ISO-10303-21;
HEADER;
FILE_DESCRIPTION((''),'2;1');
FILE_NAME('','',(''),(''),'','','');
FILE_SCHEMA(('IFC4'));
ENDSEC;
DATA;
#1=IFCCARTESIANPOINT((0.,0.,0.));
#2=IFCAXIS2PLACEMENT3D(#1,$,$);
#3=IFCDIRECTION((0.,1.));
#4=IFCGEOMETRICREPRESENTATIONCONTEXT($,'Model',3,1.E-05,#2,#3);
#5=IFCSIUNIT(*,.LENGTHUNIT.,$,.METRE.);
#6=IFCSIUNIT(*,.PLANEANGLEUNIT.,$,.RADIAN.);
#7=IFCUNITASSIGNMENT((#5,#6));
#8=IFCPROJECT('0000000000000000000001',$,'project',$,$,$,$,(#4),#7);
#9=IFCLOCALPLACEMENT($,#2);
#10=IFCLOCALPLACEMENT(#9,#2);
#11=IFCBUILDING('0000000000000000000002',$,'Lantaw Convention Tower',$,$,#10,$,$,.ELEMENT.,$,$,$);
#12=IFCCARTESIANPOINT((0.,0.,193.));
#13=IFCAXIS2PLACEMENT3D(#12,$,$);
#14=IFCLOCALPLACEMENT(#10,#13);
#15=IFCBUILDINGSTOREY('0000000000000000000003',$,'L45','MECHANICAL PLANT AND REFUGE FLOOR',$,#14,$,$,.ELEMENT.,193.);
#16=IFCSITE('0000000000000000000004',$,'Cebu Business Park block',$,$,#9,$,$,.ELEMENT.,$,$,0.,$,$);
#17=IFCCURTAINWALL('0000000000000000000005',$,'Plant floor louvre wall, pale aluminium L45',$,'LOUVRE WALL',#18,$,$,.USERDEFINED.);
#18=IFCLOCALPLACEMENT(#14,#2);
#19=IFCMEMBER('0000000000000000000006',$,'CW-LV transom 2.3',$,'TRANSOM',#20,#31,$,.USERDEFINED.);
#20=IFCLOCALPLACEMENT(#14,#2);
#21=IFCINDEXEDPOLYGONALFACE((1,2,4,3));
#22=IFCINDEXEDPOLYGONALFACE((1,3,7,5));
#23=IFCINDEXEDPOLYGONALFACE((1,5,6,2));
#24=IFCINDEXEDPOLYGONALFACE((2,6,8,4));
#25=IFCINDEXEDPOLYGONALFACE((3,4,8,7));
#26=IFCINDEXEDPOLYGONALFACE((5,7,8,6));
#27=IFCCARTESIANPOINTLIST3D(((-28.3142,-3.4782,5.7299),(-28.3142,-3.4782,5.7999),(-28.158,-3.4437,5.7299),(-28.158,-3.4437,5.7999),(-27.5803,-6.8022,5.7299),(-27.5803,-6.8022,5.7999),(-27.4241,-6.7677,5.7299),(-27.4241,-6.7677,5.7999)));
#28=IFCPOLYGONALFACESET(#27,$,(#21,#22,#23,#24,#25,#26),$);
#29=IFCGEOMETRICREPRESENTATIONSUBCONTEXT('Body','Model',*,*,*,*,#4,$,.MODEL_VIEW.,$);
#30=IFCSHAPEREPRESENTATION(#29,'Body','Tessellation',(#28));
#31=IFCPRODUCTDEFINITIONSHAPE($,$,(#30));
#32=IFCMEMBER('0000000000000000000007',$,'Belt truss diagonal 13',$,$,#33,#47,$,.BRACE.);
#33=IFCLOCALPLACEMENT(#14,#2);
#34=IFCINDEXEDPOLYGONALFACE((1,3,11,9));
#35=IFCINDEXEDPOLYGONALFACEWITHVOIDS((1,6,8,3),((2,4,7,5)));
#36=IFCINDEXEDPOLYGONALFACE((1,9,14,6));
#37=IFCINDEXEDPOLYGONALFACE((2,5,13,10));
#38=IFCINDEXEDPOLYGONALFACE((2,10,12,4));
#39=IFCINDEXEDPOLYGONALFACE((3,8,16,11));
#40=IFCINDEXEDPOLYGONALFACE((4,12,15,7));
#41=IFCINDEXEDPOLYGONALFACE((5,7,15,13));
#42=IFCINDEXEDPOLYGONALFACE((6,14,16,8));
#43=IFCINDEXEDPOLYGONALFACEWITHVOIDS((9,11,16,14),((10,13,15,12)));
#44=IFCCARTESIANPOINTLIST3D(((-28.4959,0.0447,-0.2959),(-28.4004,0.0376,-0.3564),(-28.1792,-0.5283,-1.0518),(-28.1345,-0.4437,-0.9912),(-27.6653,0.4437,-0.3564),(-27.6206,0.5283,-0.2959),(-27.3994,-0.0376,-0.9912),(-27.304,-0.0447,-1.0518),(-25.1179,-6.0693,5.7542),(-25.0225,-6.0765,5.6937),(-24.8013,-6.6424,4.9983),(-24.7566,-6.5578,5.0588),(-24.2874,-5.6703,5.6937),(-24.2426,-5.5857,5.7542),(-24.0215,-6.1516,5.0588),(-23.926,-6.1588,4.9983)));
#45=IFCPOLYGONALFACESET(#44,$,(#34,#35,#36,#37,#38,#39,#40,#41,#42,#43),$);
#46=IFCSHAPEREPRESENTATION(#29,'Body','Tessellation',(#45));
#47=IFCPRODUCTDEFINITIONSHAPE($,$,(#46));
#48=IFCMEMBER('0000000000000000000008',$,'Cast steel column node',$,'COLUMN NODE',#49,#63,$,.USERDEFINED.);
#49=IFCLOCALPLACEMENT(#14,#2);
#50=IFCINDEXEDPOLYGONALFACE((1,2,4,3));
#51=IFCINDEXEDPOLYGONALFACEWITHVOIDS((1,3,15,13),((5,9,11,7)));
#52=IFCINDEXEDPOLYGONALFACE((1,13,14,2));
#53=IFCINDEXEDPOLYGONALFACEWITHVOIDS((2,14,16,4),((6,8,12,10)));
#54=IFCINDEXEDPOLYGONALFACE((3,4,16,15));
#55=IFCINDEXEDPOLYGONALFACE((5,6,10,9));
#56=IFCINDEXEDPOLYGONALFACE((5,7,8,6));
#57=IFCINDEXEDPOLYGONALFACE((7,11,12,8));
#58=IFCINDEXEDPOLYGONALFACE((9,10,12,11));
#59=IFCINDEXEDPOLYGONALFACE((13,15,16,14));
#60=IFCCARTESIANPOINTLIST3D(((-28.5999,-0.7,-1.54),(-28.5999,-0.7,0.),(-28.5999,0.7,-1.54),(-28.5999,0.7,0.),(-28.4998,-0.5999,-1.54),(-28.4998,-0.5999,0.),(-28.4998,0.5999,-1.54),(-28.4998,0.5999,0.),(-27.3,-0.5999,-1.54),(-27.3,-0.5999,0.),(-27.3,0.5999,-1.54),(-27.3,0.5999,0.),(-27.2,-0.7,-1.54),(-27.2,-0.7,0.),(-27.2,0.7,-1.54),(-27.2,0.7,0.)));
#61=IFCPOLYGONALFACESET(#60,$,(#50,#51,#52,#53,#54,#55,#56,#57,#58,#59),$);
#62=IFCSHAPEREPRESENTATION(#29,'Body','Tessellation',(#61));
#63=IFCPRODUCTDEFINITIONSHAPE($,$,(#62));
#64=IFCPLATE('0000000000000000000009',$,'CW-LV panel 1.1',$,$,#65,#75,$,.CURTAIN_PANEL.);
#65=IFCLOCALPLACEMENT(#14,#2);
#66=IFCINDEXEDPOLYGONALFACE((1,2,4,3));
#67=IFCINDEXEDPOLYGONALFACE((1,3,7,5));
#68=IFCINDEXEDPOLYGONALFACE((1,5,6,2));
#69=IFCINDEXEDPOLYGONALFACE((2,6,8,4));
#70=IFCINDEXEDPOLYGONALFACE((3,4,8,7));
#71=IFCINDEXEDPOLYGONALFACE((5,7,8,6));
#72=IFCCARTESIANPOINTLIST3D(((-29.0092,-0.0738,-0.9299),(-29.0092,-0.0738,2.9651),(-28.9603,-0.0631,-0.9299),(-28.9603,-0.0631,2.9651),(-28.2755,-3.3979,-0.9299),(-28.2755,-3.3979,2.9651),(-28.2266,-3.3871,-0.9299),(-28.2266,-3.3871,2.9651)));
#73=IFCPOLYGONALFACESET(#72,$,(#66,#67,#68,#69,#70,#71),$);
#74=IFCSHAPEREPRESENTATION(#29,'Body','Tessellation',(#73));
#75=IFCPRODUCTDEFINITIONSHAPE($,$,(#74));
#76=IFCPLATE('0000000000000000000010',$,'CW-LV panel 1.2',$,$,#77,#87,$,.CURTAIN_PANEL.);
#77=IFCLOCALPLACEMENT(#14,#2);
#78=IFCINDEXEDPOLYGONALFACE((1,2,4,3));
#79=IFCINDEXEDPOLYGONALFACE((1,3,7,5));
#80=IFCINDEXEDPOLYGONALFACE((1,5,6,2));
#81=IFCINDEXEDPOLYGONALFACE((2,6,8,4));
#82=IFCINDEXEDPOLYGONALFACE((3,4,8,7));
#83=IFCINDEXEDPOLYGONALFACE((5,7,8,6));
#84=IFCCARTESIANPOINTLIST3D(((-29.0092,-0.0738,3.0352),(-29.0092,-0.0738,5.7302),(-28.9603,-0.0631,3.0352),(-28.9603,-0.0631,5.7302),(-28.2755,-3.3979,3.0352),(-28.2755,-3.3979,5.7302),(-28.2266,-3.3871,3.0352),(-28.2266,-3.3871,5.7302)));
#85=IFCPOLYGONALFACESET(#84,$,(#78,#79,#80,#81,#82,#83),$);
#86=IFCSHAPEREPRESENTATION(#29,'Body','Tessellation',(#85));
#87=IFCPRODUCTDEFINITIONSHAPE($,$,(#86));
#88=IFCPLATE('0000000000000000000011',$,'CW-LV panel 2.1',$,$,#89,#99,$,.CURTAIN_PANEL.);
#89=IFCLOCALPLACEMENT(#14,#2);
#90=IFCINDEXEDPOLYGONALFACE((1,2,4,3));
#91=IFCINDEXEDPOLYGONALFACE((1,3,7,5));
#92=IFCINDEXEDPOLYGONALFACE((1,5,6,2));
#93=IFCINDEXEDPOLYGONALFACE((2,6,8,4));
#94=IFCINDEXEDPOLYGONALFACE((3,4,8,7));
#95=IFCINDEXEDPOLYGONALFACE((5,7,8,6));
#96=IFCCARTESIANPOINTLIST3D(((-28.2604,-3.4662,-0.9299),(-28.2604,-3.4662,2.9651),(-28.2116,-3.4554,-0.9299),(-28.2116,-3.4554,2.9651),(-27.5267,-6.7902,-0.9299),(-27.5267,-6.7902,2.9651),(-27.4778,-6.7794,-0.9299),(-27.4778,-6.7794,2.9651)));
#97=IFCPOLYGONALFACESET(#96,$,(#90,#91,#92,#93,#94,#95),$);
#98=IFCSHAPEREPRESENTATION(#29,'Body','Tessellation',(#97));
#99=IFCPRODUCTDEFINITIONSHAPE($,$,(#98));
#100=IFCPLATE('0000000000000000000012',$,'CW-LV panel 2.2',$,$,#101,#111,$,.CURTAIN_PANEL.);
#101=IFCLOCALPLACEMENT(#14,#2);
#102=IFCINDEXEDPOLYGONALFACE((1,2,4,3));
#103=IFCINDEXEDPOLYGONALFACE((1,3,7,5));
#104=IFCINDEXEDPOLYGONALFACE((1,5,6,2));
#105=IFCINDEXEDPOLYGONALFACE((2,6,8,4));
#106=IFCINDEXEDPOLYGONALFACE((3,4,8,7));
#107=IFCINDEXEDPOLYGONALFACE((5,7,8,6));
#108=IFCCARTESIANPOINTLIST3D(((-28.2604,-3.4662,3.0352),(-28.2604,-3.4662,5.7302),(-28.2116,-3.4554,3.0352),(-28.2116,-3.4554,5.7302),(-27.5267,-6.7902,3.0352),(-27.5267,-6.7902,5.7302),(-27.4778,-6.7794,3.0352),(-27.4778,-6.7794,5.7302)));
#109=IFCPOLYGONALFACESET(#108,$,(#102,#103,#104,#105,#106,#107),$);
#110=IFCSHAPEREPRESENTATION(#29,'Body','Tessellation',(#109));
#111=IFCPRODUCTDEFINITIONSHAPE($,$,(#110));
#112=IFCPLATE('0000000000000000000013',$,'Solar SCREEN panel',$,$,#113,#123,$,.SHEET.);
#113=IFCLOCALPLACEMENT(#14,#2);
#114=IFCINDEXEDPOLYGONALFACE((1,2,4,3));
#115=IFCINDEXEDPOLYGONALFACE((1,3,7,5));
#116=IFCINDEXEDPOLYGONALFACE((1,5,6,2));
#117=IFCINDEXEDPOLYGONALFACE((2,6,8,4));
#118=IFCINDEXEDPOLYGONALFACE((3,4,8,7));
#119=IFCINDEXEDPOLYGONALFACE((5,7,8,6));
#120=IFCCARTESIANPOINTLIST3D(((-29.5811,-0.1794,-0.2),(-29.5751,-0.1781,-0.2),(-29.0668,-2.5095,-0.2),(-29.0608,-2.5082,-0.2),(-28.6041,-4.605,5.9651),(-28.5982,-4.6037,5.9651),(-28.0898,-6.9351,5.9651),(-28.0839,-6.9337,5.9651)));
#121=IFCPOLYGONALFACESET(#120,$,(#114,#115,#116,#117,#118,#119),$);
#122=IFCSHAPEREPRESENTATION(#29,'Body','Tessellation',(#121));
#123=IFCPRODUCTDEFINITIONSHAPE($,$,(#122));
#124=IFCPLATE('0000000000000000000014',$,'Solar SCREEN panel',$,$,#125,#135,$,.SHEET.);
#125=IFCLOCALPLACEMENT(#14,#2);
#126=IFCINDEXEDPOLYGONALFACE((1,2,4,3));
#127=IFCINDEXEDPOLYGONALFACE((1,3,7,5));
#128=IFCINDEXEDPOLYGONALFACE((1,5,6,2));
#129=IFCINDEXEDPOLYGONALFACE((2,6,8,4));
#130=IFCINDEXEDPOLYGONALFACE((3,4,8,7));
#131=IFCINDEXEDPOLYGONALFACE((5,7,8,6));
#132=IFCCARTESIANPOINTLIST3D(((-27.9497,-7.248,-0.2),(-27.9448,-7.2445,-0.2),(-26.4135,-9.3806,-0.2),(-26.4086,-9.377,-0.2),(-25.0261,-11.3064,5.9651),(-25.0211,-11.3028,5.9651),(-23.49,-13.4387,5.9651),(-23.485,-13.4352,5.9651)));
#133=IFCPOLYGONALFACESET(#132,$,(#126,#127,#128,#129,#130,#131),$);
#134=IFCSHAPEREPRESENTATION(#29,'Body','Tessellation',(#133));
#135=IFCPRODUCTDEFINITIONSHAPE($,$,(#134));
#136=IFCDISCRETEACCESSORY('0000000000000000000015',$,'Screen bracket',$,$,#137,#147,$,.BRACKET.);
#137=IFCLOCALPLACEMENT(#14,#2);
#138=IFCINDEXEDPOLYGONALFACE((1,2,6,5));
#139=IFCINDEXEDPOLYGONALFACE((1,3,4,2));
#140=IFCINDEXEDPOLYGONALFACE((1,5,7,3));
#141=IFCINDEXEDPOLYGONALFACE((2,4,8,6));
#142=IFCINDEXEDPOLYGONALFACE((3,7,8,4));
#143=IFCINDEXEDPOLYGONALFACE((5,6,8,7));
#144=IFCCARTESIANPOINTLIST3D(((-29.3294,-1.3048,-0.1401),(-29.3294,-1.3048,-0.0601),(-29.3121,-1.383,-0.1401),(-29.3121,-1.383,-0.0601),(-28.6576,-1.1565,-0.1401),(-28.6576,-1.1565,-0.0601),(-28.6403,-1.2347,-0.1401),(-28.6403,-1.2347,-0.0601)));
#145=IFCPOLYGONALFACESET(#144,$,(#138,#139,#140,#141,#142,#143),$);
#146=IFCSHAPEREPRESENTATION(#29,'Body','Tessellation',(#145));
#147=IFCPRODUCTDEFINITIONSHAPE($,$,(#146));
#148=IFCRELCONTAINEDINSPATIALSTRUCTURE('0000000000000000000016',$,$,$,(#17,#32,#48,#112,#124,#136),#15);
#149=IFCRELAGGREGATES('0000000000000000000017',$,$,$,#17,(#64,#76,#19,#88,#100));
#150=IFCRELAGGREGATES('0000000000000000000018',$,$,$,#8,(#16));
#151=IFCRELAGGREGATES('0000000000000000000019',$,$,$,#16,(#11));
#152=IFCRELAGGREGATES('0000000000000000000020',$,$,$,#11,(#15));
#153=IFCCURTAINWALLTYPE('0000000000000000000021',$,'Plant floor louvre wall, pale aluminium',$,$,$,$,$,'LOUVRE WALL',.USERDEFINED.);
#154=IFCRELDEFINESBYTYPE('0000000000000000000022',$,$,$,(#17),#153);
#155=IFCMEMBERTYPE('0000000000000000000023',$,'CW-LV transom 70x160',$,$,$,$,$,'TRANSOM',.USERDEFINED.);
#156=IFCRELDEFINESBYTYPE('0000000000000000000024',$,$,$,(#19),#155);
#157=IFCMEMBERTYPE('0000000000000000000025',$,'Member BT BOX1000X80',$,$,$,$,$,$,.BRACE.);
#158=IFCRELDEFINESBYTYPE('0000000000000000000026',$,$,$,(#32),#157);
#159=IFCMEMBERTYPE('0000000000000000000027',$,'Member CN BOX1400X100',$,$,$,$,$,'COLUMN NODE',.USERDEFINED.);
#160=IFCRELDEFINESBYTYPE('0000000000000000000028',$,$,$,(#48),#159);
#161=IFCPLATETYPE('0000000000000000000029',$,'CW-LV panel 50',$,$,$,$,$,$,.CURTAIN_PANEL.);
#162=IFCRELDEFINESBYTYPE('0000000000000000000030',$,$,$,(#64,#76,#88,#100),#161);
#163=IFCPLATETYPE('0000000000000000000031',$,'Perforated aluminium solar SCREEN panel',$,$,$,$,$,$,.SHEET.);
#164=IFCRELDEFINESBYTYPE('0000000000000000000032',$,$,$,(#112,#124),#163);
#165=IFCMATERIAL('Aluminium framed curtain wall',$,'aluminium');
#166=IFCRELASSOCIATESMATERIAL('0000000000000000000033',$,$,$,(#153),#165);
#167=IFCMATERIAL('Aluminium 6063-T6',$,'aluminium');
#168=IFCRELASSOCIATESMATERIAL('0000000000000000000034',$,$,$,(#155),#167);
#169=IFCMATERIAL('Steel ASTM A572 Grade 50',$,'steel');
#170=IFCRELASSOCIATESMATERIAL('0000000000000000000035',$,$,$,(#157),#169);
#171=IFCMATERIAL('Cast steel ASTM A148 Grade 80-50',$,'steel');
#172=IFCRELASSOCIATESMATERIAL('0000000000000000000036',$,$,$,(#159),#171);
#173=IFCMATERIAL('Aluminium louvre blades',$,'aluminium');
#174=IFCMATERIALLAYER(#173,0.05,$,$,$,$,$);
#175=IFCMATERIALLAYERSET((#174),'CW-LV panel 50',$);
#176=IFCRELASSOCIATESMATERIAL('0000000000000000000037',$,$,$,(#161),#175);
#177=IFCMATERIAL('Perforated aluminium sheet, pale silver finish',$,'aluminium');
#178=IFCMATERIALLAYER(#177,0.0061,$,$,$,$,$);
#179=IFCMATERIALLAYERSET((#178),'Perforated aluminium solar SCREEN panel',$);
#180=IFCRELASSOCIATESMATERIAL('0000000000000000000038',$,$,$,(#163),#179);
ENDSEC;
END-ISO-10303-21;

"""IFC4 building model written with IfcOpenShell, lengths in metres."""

from ifc_helpers import new_model, si_unit, direction, frame, origin, origin_2d, place, context, subcontext, project, spatial, polyline, rectangle, hollow_rectangle, outline, extrude, material, layer, layer_set, material_profile, profile_set, type_object, element, aggregate, save


model = new_model("IFC4")

# Units and contexts
model_context = context("Model", 3, precision=1e-05, world=origin(), true_north=direction((0.0, 1.0)))
body_context = subcontext(model_context, "Body", "Model", "MODEL_VIEW")
ifc_project = project(units=[si_unit("LENGTHUNIT", "METRE"), si_unit("PLANEANGLEUNIT", "RADIAN")], contexts=[model_context])

# Site, building, storey
site_placement = place(None, origin())
site = spatial("IfcSite", under=ifc_project, at=site_placement, Name="Cebu Business Park block", CompositionType="ELEMENT", RefElevation=0.0)
building_placement = place(site_placement, origin())
building = spatial("IfcBuilding", under=site, at=building_placement, Name="Lantaw Convention Tower", CompositionType="ELEMENT")
storey_placement = place(building_placement, frame((0.0, 0.0, 193.0)))
storey = spatial("IfcBuildingStorey", under=building, at=storey_placement, Name="L45", Description="MECHANICAL PLANT AND REFUGE FLOOR", CompositionType="ELEMENT", Elevation=193.0)

# Curtain wall
ifc_material_1 = material(Name="Aluminium framed curtain wall", Category="aluminium")
curtain_wall_type = type_object("IfcCurtainWallType", Name="Plant floor louvre wall, pale aluminium", ElementType="LOUVRE WALL", PredefinedType="USERDEFINED", material=ifc_material_1)
curtain_wall_1_placement = place(storey_placement, origin())
curtain_wall_1 = element("IfcCurtainWall", 1, at=curtain_wall_1_placement, inside=storey, type_object=curtain_wall_type, Name="Plant floor louvre wall, pale aluminium L45", ObjectType="LOUVRE WALL", PredefinedType="USERDEFINED")
ifc_material_2 = material(Name="Aluminium 6063-T6", Category="aluminium")

# Member
ifc_material_profile_1 = material_profile(ifc_material_2, rectangle(XDim=0.1599, YDim=0.0701, at=origin_2d()), Name="CW-LV transom 70x160")
ifc_profile_set_1 = profile_set([ifc_material_profile_1], Name="Aluminium 6063-T6")
member_type_1 = type_object("IfcMemberType", Name="CW-LV transom 70x160", ElementType="TRANSOM", PredefinedType="USERDEFINED", material=ifc_profile_set_1)
member_1_placement = place(storey_placement, frame((-28.2361, -3.4609, 5.7649), z_axis=(0.215594, -0.976483, 0.0), x_axis=(0.976483, 0.215594, 0.0)))
member_1 = element("IfcMember", 2, at=member_1_placement, type_object=member_type_1, Name="CW-LV transom 2.3", ObjectType="TRANSOM", PredefinedType="USERDEFINED", context=body_context, shape_type="SweptSolid", body=[
    extrude(rectangle(XDim=0.1599, YDim=0.0701, at=origin_2d()), origin(), (0.0, 0.0, 1.0), 3.4041),
])

# Members
ifc_material_3 = material(Name="Steel ASTM A572 Grade 50", Category="steel")
ifc_material_profile_2 = material_profile(ifc_material_3, hollow_rectangle(XDim=1.0, YDim=1.0, WallThickness=0.0801, at=origin_2d()), Name="BOX1000X80")
ifc_profile_set_2 = profile_set([ifc_material_profile_2], Name="Steel ASTM A572 Grade 50")
member_type_2 = type_object("IfcMemberType", Name="Member BT BOX1000X80", PredefinedType="BRACE", material=ifc_profile_set_2)
member_2_placement = place(storey_placement, frame((-27.8999, 0.0, -0.6738), z_axis=(0.36554, -0.661624, 0.654702), x_axis=(0.875294, 0.483591, 0.0)))
element("IfcMember", 3, at=member_2_placement, inside=storey, type_object=member_type_2, Name="Belt truss diagonal 13", PredefinedType="BRACE", context=body_context, shape_type="SweptSolid", body=[
    extrude(hollow_rectangle(XDim=1.0, YDim=1.0, WallThickness=0.0801, at=origin_2d()), origin(), (0.0, 0.0, 1.0), 9.241),
])
ifc_material_4 = material(Name="Cast steel ASTM A148 Grade 80-50", Category="steel")
ifc_material_profile_3 = material_profile(ifc_material_4, hollow_rectangle(XDim=1.3999, YDim=1.3999, WallThickness=0.1001, at=origin_2d()), Name="BOX1400X100")
ifc_profile_set_3 = profile_set([ifc_material_profile_3], Name="Cast steel ASTM A148 Grade 80-50")
member_type_3 = type_object("IfcMemberType", Name="Member CN BOX1400X100", ElementType="COLUMN NODE", PredefinedType="USERDEFINED", material=ifc_profile_set_3)
member_3_placement = place(storey_placement, frame((-27.8999, 0.0, -1.54), z_axis=(0.0, 0.0, 1.0), x_axis=(1.0, 0.0, 0.0)))
element("IfcMember", 4, at=member_3_placement, inside=storey, type_object=member_type_3, Name="Cast steel column node", ObjectType="COLUMN NODE", PredefinedType="USERDEFINED", context=body_context, shape_type="SweptSolid", body=[
    extrude(hollow_rectangle(XDim=1.3999, YDim=1.3999, WallThickness=0.1001, at=origin_2d()), origin(), (0.0, 0.0, 1.0), 1.54),
])

# Plates
ifc_material_5 = material(Name="Aluminium louvre blades", Category="aluminium")
ifc_layer_1 = layer(ifc_material_5, 0.05)
ifc_layer_set_1 = layer_set([ifc_layer_1], Name="CW-LV panel 50")
plate_type_1 = type_object("IfcPlateType", Name="CW-LV panel 50", PredefinedType="CURTAIN_PANEL", material=ifc_layer_set_1)
plate_1_placement = place(storey_placement, frame((-28.6179, -1.7305, -0.9299), z_axis=(0.0, 0.0, 1.0), x_axis=(0.215546, -0.976494, 0.0)))
plate_1 = element("IfcPlate", 5, at=plate_1_placement, type_object=plate_type_1, Name="CW-LV panel 1.1", PredefinedType="CURTAIN_PANEL", context=body_context, shape_type="SweptSolid", body=[
    extrude(rectangle(XDim=3.4041, YDim=0.05, at=origin_2d()), origin(), (0.0, 0.0, 1.0), 3.895),
])
plate_2_placement = place(storey_placement, frame((-28.6179, -1.7305, 3.0352), z_axis=(0.0, 0.0, 1.0), x_axis=(0.215546, -0.976494, 0.0)))
plate_2 = element("IfcPlate", 6, at=plate_2_placement, type_object=plate_type_1, Name="CW-LV panel 1.2", PredefinedType="CURTAIN_PANEL", context=body_context, shape_type="SweptSolid", body=[
    extrude(rectangle(XDim=3.4041, YDim=0.05, at=origin_2d()), origin(), (0.0, 0.0, 1.0), 2.6951),
])
plate_3_placement = place(storey_placement, frame((-27.8691, -5.1228, -0.9299), z_axis=(0.0, 0.0, 1.0), x_axis=(0.215546, -0.976494, 0.0)))
plate_3 = element("IfcPlate", 7, at=plate_3_placement, type_object=plate_type_1, Name="CW-LV panel 2.1", PredefinedType="CURTAIN_PANEL", context=body_context, shape_type="SweptSolid", body=[
    extrude(rectangle(XDim=3.4041, YDim=0.05, at=origin_2d()), origin(), (0.0, 0.0, 1.0), 3.895),
])
plate_4_placement = place(storey_placement, frame((-27.8691, -5.1228, 3.0352), z_axis=(0.0, 0.0, 1.0), x_axis=(0.215546, -0.976494, 0.0)))
plate_4 = element("IfcPlate", 8, at=plate_4_placement, type_object=plate_type_1, Name="CW-LV panel 2.2", PredefinedType="CURTAIN_PANEL", context=body_context, shape_type="SweptSolid", body=[
    extrude(rectangle(XDim=3.4041, YDim=0.05, at=origin_2d()), origin(), (0.0, 0.0, 1.0), 2.6951),
])
aggregate(curtain_wall_1, [plate_1, plate_2, member_1, plate_3, plate_4])

# Plates
ifc_material_6 = material(Name="Perforated aluminium sheet, pale silver finish", Category="aluminium")
ifc_layer_2 = layer(ifc_material_6, 0.0061)
ifc_layer_set_2 = layer_set([ifc_layer_2], Name="Perforated aluminium solar SCREEN panel")
plate_type_2 = type_object("IfcPlateType", Name="Perforated aluminium solar SCREEN panel", PredefinedType="SHEET", material=ifc_layer_set_2)
plate_5_placement = place(storey_placement, frame((-29.5811, -0.1794, -0.2), z_axis=(-0.976498, -0.215527, 0.000023), x_axis=(0.215527, -0.976498, 0.0)))
element("IfcPlate", 9, at=plate_5_placement, inside=storey, type_object=plate_type_2, Name="Solar SCREEN panel", PredefinedType="SHEET", context=body_context, shape_type="SweptSolid", body=[
    extrude(outline(polyline([(0.0, 0.0), (2.3862, 0.0), (6.9182, 6.165), (4.5321, 6.165), (0.0, 0.0)])), origin(), (0.0, 0.0, -1.0), 0.0061),
])
plate_6_placement = place(storey_placement, frame((-27.9497, -7.248, -0.2), z_axis=(-0.811395, -0.584498, 0.000025), x_axis=(0.584498, -0.811395, 0.0)))
element("IfcPlate", 10, at=plate_6_placement, inside=storey, type_object=plate_type_2, Name="Solar SCREEN panel", PredefinedType="SHEET", context=body_context, shape_type="SweptSolid", body=[
    extrude(outline(polyline([(0.0, 0.0), (2.6282, 0.0), (7.6298, 6.165), (5.0018, 6.165), (0.0, 0.0)])), origin(), (0.0, 0.0, -1.0), 0.0061),
])

# Discrete accessory
discrete_accessory_placement = place(storey_placement, frame((-28.9849, -1.2698, -0.1401), z_axis=(0.0, 0.0, 1.0), x_axis=(0.215546, -0.976494, 0.0)))
element("IfcDiscreteAccessory", 11, at=discrete_accessory_placement, inside=storey, Name="Screen bracket", PredefinedType="BRACKET", context=body_context, shape_type="SweptSolid", body=[
    extrude(rectangle(XDim=0.0801, YDim=0.688, at=origin_2d()), origin(), (0.0, 0.0, 1.0), 0.0801),
])

save(model, "model.ifc")
